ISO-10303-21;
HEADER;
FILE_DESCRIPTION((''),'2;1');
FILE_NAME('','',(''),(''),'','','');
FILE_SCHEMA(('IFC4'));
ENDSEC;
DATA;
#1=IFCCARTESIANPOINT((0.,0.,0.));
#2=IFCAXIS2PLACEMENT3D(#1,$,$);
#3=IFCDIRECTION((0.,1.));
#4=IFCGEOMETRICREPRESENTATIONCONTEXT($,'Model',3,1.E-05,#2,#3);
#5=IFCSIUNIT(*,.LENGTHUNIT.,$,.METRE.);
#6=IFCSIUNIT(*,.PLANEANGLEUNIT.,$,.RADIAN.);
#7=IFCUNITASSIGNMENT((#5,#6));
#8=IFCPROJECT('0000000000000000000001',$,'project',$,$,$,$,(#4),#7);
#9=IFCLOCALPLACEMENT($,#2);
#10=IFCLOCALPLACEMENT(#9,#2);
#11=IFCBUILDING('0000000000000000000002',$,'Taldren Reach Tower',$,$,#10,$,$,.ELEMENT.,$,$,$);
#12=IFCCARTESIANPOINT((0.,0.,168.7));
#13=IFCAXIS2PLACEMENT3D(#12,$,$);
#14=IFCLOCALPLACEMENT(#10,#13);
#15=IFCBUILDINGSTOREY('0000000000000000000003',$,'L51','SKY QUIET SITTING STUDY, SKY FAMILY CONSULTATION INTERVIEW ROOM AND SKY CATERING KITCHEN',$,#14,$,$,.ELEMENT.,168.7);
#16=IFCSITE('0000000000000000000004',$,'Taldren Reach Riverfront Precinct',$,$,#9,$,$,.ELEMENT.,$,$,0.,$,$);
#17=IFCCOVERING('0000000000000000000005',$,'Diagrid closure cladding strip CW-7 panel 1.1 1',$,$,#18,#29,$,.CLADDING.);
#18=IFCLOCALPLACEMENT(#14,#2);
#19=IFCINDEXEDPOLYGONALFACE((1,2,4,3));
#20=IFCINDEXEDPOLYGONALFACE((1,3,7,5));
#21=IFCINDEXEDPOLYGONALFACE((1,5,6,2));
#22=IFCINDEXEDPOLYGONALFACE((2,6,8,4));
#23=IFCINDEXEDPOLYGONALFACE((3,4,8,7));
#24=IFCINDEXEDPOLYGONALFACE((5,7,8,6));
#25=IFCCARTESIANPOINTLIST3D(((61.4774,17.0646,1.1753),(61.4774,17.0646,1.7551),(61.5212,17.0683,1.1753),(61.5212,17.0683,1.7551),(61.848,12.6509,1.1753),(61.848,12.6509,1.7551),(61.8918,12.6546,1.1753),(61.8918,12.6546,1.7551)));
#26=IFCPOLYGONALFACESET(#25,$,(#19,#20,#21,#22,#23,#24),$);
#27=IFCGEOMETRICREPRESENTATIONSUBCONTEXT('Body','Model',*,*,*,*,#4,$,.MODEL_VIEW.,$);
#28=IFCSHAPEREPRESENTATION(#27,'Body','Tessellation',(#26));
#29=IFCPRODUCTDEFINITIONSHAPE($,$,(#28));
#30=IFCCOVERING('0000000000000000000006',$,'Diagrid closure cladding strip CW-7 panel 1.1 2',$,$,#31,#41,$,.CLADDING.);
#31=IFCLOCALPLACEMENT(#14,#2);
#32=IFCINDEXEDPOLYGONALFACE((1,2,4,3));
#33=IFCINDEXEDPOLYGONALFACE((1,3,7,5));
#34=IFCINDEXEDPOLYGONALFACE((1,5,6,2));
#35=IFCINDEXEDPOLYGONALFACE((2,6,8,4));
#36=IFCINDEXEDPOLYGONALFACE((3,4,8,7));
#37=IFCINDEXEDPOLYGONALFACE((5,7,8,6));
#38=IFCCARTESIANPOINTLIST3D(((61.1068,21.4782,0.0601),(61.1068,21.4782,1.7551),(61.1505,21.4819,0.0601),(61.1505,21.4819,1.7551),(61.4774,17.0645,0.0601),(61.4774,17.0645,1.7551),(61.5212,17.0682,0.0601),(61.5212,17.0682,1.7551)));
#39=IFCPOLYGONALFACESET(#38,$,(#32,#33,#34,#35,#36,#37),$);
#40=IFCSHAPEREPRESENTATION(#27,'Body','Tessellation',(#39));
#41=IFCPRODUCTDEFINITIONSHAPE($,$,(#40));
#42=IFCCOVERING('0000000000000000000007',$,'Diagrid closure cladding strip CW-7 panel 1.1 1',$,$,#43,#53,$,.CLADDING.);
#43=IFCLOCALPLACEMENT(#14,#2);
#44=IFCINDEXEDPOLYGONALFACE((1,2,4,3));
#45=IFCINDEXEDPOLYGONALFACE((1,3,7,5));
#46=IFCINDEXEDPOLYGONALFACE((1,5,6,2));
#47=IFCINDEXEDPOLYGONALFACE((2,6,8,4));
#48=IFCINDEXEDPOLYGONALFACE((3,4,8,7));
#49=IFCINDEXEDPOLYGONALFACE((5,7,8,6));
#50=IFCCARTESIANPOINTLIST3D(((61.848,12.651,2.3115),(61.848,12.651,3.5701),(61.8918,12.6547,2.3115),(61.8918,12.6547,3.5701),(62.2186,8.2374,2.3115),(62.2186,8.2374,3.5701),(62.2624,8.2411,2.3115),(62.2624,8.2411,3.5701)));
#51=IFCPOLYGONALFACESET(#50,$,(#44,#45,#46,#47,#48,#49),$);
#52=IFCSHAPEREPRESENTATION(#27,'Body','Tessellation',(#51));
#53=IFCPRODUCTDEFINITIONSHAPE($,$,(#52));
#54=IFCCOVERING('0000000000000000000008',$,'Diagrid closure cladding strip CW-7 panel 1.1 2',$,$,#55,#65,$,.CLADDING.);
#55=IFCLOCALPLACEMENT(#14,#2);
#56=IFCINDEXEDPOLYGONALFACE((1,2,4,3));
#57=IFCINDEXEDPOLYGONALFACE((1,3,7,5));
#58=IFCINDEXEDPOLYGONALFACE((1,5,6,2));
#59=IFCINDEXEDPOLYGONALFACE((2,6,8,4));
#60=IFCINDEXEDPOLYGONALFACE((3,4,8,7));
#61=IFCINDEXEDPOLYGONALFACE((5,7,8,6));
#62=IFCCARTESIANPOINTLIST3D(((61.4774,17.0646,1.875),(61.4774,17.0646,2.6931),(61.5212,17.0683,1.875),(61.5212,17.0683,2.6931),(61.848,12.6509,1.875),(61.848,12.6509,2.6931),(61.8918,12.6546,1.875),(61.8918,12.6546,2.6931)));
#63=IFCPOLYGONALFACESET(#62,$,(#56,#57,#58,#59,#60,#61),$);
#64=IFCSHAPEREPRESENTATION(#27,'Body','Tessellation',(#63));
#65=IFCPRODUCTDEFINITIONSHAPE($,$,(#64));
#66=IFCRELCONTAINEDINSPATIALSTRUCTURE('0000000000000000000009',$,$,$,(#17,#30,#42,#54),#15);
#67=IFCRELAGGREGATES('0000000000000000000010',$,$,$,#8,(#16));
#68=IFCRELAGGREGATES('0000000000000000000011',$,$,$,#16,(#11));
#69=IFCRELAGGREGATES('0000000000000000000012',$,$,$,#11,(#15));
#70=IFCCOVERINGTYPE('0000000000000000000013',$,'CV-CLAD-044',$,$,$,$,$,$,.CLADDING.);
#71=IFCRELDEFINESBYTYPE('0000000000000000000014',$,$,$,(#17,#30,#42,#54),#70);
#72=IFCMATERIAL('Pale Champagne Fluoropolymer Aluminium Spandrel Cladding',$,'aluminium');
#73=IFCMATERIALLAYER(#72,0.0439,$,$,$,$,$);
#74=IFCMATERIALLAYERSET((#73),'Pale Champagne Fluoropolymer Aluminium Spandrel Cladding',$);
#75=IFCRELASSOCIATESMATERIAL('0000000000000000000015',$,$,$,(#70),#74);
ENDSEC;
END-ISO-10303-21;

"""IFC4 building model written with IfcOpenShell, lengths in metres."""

from ifc_helpers import new_model, si_unit, direction, frame, origin, origin_2d, place, context, subcontext, project, spatial, rectangle, extrude, source, transform, mapped, material, layer, layer_set, type_object, element, save


model = new_model("IFC4")

# Units and contexts
model_context = context("Model", 3, precision=1e-05, world=origin(), true_north=direction((0.0, 1.0)))
body_context = subcontext(model_context, "Body", "Model", "MODEL_VIEW")
ifc_project = project(units=[si_unit("LENGTHUNIT", "METRE"), si_unit("PLANEANGLEUNIT", "RADIAN")], contexts=[model_context])

# Site, building, storey
site_placement = place(None, origin())
site = spatial("IfcSite", under=ifc_project, at=site_placement, Name="Taldren Reach Riverfront Precinct", CompositionType="ELEMENT", RefElevation=0.0)
building_placement = place(site_placement, origin())
building = spatial("IfcBuilding", under=site, at=building_placement, Name="Taldren Reach Tower", CompositionType="ELEMENT")
storey_placement = place(building_placement, frame((0.0, 0.0, 168.7)))
storey = spatial("IfcBuildingStorey", under=building, at=storey_placement, Name="L51", Description="SKY QUIET SITTING STUDY, SKY FAMILY CONSULTATION INTERVIEW ROOM AND SKY CATERING KITCHEN", CompositionType="ELEMENT", Elevation=168.7)

# Coverings
ifc_material_1 = material(Name="Pale Champagne Fluoropolymer Aluminium Spandrel Cladding", Category="aluminium")
ifc_layer_1 = layer(ifc_material_1, 0.0439)
ifc_layer_set_1 = layer_set([ifc_layer_1], Name="Pale Champagne Fluoropolymer Aluminium Spandrel Cladding")
covering_type = type_object("IfcCoveringType", Name="CV-CLAD-044", PredefinedType="CLADDING", material=ifc_layer_set_1)
shared_shape_1 = source(origin(), body_context, "Body", "SweptSolid", [
    extrude(rectangle(XDim=4.4292, YDim=0.0439, at=origin_2d()), origin(), (0.0, 0.0, 1.0), 0.5798),
])
covering_1_placement = place(storey_placement, frame((61.6846, 14.8596, 1.1753), z_axis=(0.0, 0.0, 1.0), x_axis=(-0.083678, 0.996493, 0.0)))
element("IfcCovering", 1, at=covering_1_placement, inside=storey, type_object=covering_type, Name="Diagrid closure cladding strip CW-7 panel 1.1 1", PredefinedType="CLADDING", context=body_context, shape_type="MappedRepresentation", body=[
    mapped(shared_shape_1, transform((0.0, 0.0, 0.0), scale=1.0)),
])
shared_shape_2 = source(origin(), body_context, "Body", "SweptSolid", [
    extrude(rectangle(XDim=4.4292, YDim=0.0439, at=origin_2d()), origin(), (0.0, 0.0, 1.0), 1.6951),
])
covering_2_placement = place(storey_placement, frame((61.314, 19.2732, 0.0601), z_axis=(0.0, 0.0, 1.0), x_axis=(-0.083678, 0.996493, 0.0)))
element("IfcCovering", 2, at=covering_2_placement, inside=storey, type_object=covering_type, Name="Diagrid closure cladding strip CW-7 panel 1.1 2", PredefinedType="CLADDING", context=body_context, shape_type="MappedRepresentation", body=[
    mapped(shared_shape_2, transform((0.0, 0.0, 0.0), scale=1.0)),
])
shared_shape_3 = source(origin(), body_context, "Body", "SweptSolid", [
    extrude(rectangle(XDim=4.4292, YDim=0.0439, at=origin_2d()), origin(), (0.0, 0.0, 1.0), 1.2585),
])
covering_3_placement = place(storey_placement, frame((62.0552, 10.446, 2.3115), z_axis=(0.0, 0.0, 1.0), x_axis=(-0.083678, 0.996493, 0.0)))
element("IfcCovering", 3, at=covering_3_placement, inside=storey, type_object=covering_type, Name="Diagrid closure cladding strip CW-7 panel 1.1 1", PredefinedType="CLADDING", context=body_context, shape_type="MappedRepresentation", body=[
    mapped(shared_shape_3, transform((0.0, 0.0, 0.0), scale=1.0)),
])
shared_shape_4 = source(origin(), body_context, "Body", "SweptSolid", [
    extrude(rectangle(XDim=4.4292, YDim=0.0439, at=origin_2d()), origin(), (0.0, 0.0, 1.0), 0.8181),
])
covering_4_placement = place(storey_placement, frame((61.6846, 14.8596, 1.875), z_axis=(0.0, 0.0, 1.0), x_axis=(-0.083678, 0.996493, 0.0)))
element("IfcCovering", 4, at=covering_4_placement, inside=storey, type_object=covering_type, Name="Diagrid closure cladding strip CW-7 panel 1.1 2", PredefinedType="CLADDING", context=body_context, shape_type="MappedRepresentation", body=[
    mapped(shared_shape_4, transform((0.0, 0.0, 0.0), scale=1.0)),
])

save(model, "model.ifc")
